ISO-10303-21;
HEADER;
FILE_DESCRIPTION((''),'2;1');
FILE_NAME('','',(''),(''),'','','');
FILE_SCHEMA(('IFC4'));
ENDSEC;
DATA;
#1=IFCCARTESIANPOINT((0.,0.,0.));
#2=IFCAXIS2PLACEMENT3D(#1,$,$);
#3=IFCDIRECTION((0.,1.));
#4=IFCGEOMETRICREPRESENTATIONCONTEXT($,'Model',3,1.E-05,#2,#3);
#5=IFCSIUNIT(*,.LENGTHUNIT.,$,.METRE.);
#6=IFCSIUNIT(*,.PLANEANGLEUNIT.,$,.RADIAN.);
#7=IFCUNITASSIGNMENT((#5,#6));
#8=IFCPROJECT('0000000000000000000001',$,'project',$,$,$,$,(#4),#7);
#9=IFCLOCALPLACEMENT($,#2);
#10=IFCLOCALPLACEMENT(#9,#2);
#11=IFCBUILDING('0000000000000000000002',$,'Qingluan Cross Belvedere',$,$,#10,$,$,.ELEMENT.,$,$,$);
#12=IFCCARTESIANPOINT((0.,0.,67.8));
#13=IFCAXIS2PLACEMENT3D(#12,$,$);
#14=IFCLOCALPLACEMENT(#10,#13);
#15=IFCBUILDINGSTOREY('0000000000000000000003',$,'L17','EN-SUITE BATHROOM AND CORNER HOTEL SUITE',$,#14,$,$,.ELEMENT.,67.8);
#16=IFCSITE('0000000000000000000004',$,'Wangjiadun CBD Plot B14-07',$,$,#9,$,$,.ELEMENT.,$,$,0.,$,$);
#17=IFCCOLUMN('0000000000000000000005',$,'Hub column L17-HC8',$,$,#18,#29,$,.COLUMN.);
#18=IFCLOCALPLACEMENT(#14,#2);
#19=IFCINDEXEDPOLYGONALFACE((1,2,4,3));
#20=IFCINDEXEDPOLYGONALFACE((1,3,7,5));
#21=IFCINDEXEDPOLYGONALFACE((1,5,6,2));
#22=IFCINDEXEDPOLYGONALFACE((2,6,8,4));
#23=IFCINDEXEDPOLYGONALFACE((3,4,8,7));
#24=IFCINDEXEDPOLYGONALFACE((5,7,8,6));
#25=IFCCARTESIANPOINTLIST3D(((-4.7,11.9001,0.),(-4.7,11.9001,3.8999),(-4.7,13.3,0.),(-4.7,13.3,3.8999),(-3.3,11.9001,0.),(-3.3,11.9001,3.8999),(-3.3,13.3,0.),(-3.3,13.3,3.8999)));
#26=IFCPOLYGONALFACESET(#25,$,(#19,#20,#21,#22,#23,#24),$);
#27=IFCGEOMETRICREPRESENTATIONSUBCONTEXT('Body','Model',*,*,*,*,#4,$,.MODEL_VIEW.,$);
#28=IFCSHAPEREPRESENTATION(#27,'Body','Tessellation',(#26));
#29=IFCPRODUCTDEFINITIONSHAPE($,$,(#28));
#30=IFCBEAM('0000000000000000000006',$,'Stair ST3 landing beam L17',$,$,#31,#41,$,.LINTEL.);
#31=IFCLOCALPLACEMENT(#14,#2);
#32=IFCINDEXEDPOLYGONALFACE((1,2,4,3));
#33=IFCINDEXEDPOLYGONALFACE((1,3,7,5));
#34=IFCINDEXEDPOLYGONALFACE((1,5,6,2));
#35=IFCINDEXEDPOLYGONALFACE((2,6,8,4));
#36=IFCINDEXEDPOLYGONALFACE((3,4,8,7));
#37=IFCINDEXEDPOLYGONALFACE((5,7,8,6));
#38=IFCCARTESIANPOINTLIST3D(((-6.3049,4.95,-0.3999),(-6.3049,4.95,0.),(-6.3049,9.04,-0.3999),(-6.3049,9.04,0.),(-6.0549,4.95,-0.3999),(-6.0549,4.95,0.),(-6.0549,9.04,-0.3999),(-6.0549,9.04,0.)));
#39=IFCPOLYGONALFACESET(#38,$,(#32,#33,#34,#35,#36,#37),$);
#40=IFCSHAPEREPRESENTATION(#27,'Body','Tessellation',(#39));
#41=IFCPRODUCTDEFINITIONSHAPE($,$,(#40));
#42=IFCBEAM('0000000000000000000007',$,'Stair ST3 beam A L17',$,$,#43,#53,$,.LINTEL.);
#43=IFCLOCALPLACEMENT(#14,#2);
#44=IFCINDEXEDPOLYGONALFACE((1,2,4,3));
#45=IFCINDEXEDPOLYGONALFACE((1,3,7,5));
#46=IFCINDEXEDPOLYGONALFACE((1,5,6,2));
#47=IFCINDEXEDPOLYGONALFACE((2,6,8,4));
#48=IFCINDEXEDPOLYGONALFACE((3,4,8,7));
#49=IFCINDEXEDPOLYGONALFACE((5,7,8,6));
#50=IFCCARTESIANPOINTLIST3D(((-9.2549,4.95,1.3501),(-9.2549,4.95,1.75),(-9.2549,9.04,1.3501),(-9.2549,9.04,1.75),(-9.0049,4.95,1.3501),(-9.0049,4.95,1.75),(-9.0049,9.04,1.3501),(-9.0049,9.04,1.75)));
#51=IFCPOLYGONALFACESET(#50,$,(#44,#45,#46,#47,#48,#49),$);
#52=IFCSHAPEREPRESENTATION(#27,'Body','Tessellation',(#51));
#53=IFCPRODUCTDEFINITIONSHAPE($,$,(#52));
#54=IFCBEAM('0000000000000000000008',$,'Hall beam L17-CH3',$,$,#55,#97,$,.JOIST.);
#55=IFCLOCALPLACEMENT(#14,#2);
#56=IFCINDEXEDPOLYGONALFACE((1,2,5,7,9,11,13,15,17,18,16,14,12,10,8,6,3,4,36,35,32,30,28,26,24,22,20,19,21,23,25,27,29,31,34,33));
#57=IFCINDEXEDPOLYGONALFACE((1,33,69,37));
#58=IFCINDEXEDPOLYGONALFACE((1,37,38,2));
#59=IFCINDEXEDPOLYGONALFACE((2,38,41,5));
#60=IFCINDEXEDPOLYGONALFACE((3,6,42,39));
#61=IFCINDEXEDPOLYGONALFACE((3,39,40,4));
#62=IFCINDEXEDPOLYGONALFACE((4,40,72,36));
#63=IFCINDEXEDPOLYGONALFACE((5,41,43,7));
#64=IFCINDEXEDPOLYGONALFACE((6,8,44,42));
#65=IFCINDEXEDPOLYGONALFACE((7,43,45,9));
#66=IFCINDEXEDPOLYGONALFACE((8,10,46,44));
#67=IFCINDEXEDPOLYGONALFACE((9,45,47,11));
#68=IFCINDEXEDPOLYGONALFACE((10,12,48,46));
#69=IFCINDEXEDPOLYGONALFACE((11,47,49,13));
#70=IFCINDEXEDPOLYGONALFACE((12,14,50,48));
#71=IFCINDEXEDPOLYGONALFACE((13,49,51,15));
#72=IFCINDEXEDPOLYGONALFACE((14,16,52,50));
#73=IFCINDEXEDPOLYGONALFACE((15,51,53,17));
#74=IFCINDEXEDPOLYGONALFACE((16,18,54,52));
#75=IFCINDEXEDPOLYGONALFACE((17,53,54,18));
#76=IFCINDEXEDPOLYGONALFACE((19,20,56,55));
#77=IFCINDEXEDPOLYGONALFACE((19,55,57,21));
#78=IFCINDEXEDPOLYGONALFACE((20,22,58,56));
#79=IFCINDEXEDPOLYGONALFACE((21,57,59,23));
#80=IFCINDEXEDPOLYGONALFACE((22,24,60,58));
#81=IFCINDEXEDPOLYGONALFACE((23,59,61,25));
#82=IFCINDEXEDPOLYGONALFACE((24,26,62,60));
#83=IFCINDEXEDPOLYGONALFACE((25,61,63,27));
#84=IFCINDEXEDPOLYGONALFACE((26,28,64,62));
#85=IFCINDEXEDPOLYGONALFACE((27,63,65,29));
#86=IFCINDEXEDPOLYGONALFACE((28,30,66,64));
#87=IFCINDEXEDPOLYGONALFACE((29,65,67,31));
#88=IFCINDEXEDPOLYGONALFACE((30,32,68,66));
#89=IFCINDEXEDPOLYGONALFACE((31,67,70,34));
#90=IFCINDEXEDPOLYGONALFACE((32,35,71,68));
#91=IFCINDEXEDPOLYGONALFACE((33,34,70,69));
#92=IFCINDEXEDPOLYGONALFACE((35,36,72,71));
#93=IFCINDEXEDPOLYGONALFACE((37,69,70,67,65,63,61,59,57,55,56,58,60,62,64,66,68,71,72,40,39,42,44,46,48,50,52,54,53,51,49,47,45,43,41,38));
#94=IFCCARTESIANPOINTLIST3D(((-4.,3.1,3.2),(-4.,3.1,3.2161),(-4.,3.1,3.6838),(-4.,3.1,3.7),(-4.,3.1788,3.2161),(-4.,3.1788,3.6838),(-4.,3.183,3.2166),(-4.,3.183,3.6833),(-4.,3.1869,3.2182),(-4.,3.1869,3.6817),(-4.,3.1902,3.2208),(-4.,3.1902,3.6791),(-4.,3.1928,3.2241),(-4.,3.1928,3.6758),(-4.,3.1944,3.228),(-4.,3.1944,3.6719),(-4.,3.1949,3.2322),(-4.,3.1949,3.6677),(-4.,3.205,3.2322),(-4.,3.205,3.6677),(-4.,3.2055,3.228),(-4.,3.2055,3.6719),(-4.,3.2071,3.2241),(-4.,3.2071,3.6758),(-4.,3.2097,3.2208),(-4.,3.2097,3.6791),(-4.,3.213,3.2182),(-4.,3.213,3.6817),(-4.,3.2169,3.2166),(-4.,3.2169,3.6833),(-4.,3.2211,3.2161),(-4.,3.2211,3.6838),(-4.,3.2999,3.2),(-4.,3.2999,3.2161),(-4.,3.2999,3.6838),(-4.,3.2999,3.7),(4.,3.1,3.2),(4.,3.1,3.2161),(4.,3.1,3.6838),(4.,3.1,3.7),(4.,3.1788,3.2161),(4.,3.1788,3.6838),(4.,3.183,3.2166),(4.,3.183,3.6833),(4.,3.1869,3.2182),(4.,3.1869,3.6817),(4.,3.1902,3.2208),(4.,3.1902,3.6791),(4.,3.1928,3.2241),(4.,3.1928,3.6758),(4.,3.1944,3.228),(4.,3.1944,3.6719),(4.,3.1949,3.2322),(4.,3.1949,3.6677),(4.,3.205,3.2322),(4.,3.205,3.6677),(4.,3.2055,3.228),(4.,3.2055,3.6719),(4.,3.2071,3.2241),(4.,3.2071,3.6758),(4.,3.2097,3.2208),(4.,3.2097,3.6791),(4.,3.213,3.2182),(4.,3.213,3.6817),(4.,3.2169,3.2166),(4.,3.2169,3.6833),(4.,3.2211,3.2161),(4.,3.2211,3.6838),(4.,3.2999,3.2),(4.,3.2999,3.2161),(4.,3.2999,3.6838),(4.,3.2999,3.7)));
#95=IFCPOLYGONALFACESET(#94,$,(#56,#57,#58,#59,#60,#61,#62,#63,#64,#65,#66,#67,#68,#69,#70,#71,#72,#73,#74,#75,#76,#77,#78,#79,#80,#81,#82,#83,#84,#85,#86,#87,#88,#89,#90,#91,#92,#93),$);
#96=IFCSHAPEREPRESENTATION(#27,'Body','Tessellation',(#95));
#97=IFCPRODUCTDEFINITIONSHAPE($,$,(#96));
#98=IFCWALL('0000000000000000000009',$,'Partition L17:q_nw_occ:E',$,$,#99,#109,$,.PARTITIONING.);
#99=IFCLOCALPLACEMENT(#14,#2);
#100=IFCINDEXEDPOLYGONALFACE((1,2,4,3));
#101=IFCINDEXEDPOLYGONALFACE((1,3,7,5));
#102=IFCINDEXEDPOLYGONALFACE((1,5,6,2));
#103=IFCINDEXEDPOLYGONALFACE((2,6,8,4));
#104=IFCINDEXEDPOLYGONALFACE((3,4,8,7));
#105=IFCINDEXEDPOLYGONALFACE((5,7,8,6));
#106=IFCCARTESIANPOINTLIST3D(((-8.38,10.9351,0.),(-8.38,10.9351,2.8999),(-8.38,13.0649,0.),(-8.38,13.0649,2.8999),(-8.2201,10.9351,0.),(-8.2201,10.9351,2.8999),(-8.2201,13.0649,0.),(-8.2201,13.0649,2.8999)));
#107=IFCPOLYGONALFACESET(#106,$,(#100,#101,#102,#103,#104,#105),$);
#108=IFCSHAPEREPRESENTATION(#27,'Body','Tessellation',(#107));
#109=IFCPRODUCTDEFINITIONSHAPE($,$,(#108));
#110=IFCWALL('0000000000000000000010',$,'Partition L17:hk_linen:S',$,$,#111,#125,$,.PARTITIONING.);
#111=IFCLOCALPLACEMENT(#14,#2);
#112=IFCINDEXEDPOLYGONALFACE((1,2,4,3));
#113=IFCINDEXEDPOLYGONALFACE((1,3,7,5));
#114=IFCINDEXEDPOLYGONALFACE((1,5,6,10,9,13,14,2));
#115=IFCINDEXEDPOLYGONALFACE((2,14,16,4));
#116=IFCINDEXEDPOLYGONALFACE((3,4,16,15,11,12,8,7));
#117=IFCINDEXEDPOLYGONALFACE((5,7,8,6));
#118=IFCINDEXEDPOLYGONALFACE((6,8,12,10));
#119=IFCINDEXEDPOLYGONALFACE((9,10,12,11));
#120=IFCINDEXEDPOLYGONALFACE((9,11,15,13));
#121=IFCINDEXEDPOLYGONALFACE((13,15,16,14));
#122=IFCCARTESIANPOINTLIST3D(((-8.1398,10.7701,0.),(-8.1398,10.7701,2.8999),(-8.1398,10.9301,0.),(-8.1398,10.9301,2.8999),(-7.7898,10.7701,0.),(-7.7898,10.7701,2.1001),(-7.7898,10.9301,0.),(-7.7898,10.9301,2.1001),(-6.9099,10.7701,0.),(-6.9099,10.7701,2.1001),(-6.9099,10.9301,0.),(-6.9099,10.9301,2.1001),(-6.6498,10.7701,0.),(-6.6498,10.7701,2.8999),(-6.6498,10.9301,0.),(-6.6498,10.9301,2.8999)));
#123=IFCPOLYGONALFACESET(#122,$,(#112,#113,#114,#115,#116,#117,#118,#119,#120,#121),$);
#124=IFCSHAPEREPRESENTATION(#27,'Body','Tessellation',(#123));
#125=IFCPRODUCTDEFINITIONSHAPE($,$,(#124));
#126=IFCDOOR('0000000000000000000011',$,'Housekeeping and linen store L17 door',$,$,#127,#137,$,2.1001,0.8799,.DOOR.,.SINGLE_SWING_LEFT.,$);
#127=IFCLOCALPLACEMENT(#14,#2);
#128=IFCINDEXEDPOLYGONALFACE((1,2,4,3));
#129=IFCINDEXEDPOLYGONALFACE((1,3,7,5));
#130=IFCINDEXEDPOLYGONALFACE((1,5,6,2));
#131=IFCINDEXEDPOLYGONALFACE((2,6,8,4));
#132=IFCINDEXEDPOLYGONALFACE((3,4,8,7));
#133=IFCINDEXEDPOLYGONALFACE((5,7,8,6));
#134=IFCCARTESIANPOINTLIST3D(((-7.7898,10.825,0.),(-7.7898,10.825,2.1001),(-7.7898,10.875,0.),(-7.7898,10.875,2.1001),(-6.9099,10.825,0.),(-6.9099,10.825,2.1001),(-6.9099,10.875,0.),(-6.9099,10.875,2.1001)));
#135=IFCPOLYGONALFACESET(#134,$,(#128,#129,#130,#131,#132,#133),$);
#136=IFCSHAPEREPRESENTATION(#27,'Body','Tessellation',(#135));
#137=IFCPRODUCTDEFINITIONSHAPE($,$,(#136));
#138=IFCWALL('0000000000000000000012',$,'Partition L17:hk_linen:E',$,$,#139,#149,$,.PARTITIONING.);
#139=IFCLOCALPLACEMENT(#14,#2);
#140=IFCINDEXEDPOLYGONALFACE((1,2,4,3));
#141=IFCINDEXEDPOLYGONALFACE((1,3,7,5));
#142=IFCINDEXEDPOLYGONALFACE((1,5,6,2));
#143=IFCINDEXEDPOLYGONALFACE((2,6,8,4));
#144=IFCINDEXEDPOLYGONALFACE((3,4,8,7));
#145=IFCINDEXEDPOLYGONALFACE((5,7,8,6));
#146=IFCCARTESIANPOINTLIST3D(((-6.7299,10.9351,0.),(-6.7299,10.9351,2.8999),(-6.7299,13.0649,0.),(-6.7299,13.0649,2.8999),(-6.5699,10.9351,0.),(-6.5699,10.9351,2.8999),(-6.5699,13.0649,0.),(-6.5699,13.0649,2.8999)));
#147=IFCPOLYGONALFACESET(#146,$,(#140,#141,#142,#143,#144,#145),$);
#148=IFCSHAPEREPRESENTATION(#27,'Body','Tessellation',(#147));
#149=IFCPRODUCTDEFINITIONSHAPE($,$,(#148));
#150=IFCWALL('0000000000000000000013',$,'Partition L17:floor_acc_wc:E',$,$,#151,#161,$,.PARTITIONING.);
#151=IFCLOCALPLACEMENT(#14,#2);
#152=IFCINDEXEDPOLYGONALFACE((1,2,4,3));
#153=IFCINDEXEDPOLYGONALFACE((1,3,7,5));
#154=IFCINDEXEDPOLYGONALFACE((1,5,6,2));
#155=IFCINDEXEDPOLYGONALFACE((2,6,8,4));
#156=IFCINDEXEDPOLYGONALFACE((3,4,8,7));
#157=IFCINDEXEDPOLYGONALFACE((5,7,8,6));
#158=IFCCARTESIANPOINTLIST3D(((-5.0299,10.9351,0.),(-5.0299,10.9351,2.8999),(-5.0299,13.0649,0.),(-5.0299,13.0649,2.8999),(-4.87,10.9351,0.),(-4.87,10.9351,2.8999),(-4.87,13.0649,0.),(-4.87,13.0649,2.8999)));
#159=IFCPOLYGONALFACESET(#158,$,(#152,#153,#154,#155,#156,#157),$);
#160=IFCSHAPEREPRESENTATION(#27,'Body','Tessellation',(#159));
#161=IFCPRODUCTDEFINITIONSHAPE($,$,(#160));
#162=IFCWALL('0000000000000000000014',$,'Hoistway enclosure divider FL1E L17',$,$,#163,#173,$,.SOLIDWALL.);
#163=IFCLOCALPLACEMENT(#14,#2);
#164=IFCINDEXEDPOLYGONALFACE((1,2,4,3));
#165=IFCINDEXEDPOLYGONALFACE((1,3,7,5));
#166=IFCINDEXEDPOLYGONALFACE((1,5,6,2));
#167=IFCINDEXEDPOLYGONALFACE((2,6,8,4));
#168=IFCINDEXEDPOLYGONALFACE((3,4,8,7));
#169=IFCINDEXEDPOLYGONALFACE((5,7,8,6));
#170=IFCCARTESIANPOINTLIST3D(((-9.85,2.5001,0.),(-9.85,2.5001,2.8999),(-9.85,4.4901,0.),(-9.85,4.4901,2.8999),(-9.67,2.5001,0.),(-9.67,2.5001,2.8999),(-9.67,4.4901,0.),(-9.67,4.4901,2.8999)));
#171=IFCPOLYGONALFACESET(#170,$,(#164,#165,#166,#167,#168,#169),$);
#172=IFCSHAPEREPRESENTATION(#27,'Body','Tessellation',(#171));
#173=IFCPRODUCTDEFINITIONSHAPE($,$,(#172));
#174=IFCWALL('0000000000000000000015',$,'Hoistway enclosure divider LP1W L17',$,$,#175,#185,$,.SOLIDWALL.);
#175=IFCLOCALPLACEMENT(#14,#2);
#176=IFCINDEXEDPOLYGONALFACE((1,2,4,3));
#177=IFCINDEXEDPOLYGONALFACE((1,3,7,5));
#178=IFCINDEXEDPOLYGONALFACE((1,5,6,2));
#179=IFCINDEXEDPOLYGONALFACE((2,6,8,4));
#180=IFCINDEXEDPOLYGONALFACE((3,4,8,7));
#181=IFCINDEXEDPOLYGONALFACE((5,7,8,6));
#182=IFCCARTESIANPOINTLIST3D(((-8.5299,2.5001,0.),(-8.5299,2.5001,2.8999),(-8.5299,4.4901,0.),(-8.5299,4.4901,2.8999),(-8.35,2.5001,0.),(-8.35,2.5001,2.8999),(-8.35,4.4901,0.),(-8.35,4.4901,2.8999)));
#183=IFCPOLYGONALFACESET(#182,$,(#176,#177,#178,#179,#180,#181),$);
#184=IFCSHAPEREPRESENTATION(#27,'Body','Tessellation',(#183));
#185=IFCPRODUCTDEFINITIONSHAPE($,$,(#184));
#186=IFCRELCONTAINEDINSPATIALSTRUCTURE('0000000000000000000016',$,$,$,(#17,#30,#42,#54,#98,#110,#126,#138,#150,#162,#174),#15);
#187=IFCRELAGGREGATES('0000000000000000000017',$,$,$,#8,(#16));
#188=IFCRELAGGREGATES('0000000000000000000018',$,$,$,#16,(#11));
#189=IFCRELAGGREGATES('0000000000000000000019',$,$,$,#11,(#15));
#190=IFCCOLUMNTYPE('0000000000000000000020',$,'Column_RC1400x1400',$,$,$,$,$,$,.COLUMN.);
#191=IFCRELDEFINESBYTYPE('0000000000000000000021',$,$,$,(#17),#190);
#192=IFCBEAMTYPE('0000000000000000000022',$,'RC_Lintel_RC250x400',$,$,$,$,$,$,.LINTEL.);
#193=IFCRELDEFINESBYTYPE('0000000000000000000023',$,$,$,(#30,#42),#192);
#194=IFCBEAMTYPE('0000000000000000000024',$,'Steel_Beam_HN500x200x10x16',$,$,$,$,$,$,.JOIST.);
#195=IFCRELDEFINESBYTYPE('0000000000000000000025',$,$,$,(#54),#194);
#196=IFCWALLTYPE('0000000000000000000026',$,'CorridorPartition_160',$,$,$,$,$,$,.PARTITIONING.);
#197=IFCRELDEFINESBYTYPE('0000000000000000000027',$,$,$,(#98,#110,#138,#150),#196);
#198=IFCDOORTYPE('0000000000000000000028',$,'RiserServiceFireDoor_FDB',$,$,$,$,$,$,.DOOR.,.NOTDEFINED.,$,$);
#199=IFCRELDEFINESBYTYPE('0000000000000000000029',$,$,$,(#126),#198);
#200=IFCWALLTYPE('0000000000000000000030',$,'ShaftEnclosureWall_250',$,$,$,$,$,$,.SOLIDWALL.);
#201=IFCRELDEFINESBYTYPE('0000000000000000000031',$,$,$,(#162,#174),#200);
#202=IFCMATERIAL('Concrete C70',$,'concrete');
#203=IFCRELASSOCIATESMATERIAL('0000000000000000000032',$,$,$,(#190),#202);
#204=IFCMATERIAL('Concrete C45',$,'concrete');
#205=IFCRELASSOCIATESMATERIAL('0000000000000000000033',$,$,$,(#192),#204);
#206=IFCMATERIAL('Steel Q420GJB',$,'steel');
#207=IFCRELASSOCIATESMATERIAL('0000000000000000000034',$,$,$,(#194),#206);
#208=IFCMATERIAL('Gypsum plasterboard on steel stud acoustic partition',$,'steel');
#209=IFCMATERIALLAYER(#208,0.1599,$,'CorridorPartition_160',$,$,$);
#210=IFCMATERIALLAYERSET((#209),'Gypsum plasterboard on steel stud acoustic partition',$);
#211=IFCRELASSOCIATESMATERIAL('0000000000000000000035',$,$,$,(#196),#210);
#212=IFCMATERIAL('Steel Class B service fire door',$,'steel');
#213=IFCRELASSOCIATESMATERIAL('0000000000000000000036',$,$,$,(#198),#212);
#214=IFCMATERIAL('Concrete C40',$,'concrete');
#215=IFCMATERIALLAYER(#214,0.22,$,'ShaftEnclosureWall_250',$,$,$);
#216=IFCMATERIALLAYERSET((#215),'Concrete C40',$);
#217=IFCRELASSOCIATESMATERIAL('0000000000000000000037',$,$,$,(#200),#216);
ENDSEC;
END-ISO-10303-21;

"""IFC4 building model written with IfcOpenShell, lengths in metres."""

from ifc_helpers import new_model, si_unit, direction, frame, frame_2d, origin, origin_2d, place, context, subcontext, project, spatial, rectangle, i_section, extrude, material, layer, layer_set, material_profile, profile_set, type_object, element, fill, save


model = new_model("IFC4")

# Units and contexts
model_context = context("Model", 3, precision=1e-05, world=origin(), true_north=direction((0.0, 1.0)))
body_context = subcontext(model_context, "Body", "Model", "MODEL_VIEW")
ifc_project = project(units=[si_unit("LENGTHUNIT", "METRE"), si_unit("PLANEANGLEUNIT", "RADIAN")], contexts=[model_context])

# Site, building, storey
site_placement = place(None, origin())
site = spatial("IfcSite", under=ifc_project, at=site_placement, Name="Wangjiadun CBD Plot B14-07", CompositionType="ELEMENT", RefElevation=0.0)
building_placement = place(site_placement, origin())
building = spatial("IfcBuilding", under=site, at=building_placement, Name="Qingluan Cross Belvedere", CompositionType="ELEMENT")
storey_placement = place(building_placement, frame((0.0, 0.0, 67.8)))
storey = spatial("IfcBuildingStorey", under=building, at=storey_placement, Name="L17", Description="EN-SUITE BATHROOM AND CORNER HOTEL SUITE", CompositionType="ELEMENT", Elevation=67.8)

# Column
ifc_material_1 = material(Name="Concrete C70", Category="concrete")
ifc_material_profile_1 = material_profile(ifc_material_1, rectangle(XDim=1.3999, YDim=1.3999, at=origin_2d()), Name="RC1400x1400")
ifc_profile_set_1 = profile_set([ifc_material_profile_1], Name="Concrete C70")
column_type = type_object("IfcColumnType", Name="Column_RC1400x1400", PredefinedType="COLUMN", material=ifc_profile_set_1)
column_placement = place(storey_placement, frame((-4.0, 12.6001, 0.0), z_axis=(0.0, 0.0, 1.0), x_axis=(1.0, 0.0, 0.0)))
element("IfcColumn", 1, at=column_placement, inside=storey, type_object=column_type, Name="Hub column L17-HC8", PredefinedType="COLUMN", context=body_context, shape_type="SweptSolid", body=[
    extrude(rectangle(XDim=1.3999, YDim=1.3999, at=origin_2d()), origin(), (0.0, 0.0, 1.0), 3.8999),
])

# Beams
ifc_material_2 = material(Name="Concrete C45", Category="concrete")
ifc_material_profile_2 = material_profile(ifc_material_2, rectangle(XDim=0.25, YDim=0.3999, at=origin_2d()), Name="RC250x400")
ifc_profile_set_2 = profile_set([ifc_material_profile_2], Name="Concrete C45")
beam_type_1 = type_object("IfcBeamType", Name="RC_Lintel_RC250x400", PredefinedType="LINTEL", material=ifc_profile_set_2)
for number, where, z_axis, x_axis, name in (
    (2, (-6.1799, 4.95, -0.2), (0.0, 1.0, 0.0), (-1.0, 0.0, 0.0), "Stair ST3 landing beam L17"),
    (3, (-9.1299, 4.95, 1.55), (0.0, 1.0, 0.0), (-1.0, 0.0, 0.0), "Stair ST3 beam A L17"),
):
    element("IfcBeam", number, at=place(storey_placement, frame(where, z_axis=z_axis, x_axis=x_axis)), inside=storey, type_object=beam_type_1, Name=name, PredefinedType="LINTEL", context=body_context, shape_type="SweptSolid", body=[
        extrude(rectangle(XDim=0.25, YDim=0.3999, at=origin_2d()), origin(), (0.0, 0.0, 1.0), 4.0901),
    ])
ifc_material_3 = material(Name="Steel Q420GJB", Category="steel")
ifc_material_profile_3 = material_profile(ifc_material_3, i_section(OverallWidth=0.2, OverallDepth=0.5, WebThickness=0.01, FlangeThickness=0.0161, FilletRadius=0.0161, at=origin_2d()), Name="HN500x200x10x16")
ifc_profile_set_3 = profile_set([ifc_material_profile_3], Name="Steel Q420GJB")
beam_type_2 = type_object("IfcBeamType", Name="Steel_Beam_HN500x200x10x16", PredefinedType="JOIST", material=ifc_profile_set_3)
beam_placement = place(storey_placement, frame((-4.0, 3.2, 3.45), z_axis=(1.0, 0.0, 0.0), x_axis=(0.0, 1.0, 0.0)))
element("IfcBeam", 4, at=beam_placement, inside=storey, type_object=beam_type_2, Name="Hall beam L17-CH3", PredefinedType="JOIST", context=body_context, shape_type="SweptSolid", body=[
    extrude(i_section(OverallWidth=0.2, OverallDepth=0.5, WebThickness=0.01, FlangeThickness=0.0161, FilletRadius=0.0161, at=origin_2d()), origin(), (0.0, 0.0, 1.0), 8.0),
])

# Wall
ifc_material_4 = material(Name="Gypsum plasterboard on steel stud acoustic partition", Category="steel")
ifc_layer_1 = layer(ifc_material_4, 0.1599, Name="CorridorPartition_160")
ifc_layer_set_1 = layer_set([ifc_layer_1], Name="Gypsum plasterboard on steel stud acoustic partition")
wall_type_1 = type_object("IfcWallType", Name="CorridorPartition_160", PredefinedType="PARTITIONING", material=ifc_layer_set_1)
wall_1_placement = place(storey_placement, frame((-8.3, 10.9351, 0.0), z_axis=(0.0, 0.0, 1.0), x_axis=(0.0, 1.0, 0.0)))
element("IfcWall", 5, at=wall_1_placement, inside=storey, type_object=wall_type_1, Name="Partition L17:q_nw_occ:E", PredefinedType="PARTITIONING", context=body_context, shape_type="SweptSolid", body=[
    extrude(rectangle(XDim=2.1299, YDim=0.1599, at=frame_2d((1.0649, 0.0))), origin(), (0.0, 0.0, 1.0), 2.8999),
])

# Wall, opening, door
wall_2_placement = place(storey_placement, frame((-8.1399, 10.8501, 0.0), z_axis=(0.0, 0.0, 1.0), x_axis=(1.0, 0.0, 0.0)))
wall_2 = element("IfcWall", 6, at=wall_2_placement, inside=storey, type_object=wall_type_1, Name="Partition L17:hk_linen:S", PredefinedType="PARTITIONING", context=body_context, shape_type="SweptSolid", body=[
    extrude(rectangle(XDim=1.49, YDim=0.1599, at=frame_2d((0.7451, 0.0))), origin(), (0.0, 0.0, 1.0), 2.8999),
])
opening_1_placement = place(wall_2_placement, frame((0.3501, 0.0, 0.0)))
opening_1 = element("IfcOpeningElement", 7, at=opening_1_placement, cuts=wall_2, PredefinedType="OPENING", context=body_context, shape_type="SweptSolid", body=[
    extrude(rectangle(XDim=0.8799, YDim=2.1001, at=frame_2d((0.4399, 1.05))), frame((0.0, 0.0898, 0.0), z_axis=(0.0, -1.0, 0.0), x_axis=(1.0, 0.0, 0.0)), (0.0, 0.0, 1.0), 0.1799),
])
ifc_material_5 = material(Name="Steel Class B service fire door", Category="steel")
door_type_1 = type_object("IfcDoorType", Name="RiserServiceFireDoor_FDB", OperationType="NOTDEFINED", PredefinedType="DOOR", material=ifc_material_5)
door_1_placement = place(opening_1_placement, origin())
door_1 = element("IfcDoor", 8, at=door_1_placement, inside=storey, type_object=door_type_1, Name="Housekeeping and linen store L17 door", OperationType="SINGLE_SWING_LEFT", OverallHeight=2.1001, OverallWidth=0.8799, PredefinedType="DOOR", context=body_context, shape_type="SweptSolid", body=[
    extrude(rectangle(XDim=0.8799, YDim=2.1001, at=frame_2d((0.4399, 1.05))), frame((0.0, 0.0249, 0.0), z_axis=(0.0, -1.0, 0.0), x_axis=(1.0, 0.0, 0.0)), (0.0, 0.0, 1.0), 0.05),
])
fill(opening_1, door_1)

# Wall
wall_3_placement = place(storey_placement, frame((-6.6499, 10.9351, 0.0), z_axis=(0.0, 0.0, 1.0), x_axis=(0.0, 1.0, 0.0)))
element("IfcWall", 9, at=wall_3_placement, inside=storey, type_object=wall_type_1, Name="Partition L17:hk_linen:E", PredefinedType="PARTITIONING", context=body_context, shape_type="SweptSolid", body=[
    extrude(rectangle(XDim=2.1299, YDim=0.1599, at=frame_2d((1.0649, 0.0))), origin(), (0.0, 0.0, 1.0), 2.8999),
])

# Walls
wall_4_placement = place(storey_placement, frame((-4.95, 10.9351, 0.0), z_axis=(0.0, 0.0, 1.0), x_axis=(0.0, 1.0, 0.0)))
element("IfcWall", 10, at=wall_4_placement, inside=storey, type_object=wall_type_1, Name="Partition L17:floor_acc_wc:E", PredefinedType="PARTITIONING", context=body_context, shape_type="SweptSolid", body=[
    extrude(rectangle(XDim=2.1299, YDim=0.1599, at=frame_2d((1.0649, 0.0))), origin(), (0.0, 0.0, 1.0), 2.8999),
])
ifc_material_6 = material(Name="Concrete C40", Category="concrete")
ifc_layer_2 = layer(ifc_material_6, 0.22, Name="ShaftEnclosureWall_250")
ifc_layer_set_2 = layer_set([ifc_layer_2], Name="Concrete C40")
wall_type_2 = type_object("IfcWallType", Name="ShaftEnclosureWall_250", PredefinedType="SOLIDWALL", material=ifc_layer_set_2)
for number, where, z_axis, x_axis, name in (
    (11, (-9.76, 2.5, 0.0), (0.0, 0.0, 1.0), (0.0, 1.0, 0.0), "Hoistway enclosure divider FL1E L17"),
    (12, (-8.4399, 2.5, 0.0), (0.0, 0.0, 1.0), (0.0, 1.0, 0.0), "Hoistway enclosure divider LP1W L17"),
):
    element("IfcWall", number, at=place(storey_placement, frame(where, z_axis=z_axis, x_axis=x_axis)), inside=storey, type_object=wall_type_2, Name=name, PredefinedType="SOLIDWALL", context=body_context, shape_type="SweptSolid", body=[
        extrude(rectangle(XDim=1.99, YDim=0.1799, at=frame_2d((0.9951, 0.0))), origin(), (0.0, 0.0, 1.0), 2.8999),
    ])

save(model, "model.ifc")
